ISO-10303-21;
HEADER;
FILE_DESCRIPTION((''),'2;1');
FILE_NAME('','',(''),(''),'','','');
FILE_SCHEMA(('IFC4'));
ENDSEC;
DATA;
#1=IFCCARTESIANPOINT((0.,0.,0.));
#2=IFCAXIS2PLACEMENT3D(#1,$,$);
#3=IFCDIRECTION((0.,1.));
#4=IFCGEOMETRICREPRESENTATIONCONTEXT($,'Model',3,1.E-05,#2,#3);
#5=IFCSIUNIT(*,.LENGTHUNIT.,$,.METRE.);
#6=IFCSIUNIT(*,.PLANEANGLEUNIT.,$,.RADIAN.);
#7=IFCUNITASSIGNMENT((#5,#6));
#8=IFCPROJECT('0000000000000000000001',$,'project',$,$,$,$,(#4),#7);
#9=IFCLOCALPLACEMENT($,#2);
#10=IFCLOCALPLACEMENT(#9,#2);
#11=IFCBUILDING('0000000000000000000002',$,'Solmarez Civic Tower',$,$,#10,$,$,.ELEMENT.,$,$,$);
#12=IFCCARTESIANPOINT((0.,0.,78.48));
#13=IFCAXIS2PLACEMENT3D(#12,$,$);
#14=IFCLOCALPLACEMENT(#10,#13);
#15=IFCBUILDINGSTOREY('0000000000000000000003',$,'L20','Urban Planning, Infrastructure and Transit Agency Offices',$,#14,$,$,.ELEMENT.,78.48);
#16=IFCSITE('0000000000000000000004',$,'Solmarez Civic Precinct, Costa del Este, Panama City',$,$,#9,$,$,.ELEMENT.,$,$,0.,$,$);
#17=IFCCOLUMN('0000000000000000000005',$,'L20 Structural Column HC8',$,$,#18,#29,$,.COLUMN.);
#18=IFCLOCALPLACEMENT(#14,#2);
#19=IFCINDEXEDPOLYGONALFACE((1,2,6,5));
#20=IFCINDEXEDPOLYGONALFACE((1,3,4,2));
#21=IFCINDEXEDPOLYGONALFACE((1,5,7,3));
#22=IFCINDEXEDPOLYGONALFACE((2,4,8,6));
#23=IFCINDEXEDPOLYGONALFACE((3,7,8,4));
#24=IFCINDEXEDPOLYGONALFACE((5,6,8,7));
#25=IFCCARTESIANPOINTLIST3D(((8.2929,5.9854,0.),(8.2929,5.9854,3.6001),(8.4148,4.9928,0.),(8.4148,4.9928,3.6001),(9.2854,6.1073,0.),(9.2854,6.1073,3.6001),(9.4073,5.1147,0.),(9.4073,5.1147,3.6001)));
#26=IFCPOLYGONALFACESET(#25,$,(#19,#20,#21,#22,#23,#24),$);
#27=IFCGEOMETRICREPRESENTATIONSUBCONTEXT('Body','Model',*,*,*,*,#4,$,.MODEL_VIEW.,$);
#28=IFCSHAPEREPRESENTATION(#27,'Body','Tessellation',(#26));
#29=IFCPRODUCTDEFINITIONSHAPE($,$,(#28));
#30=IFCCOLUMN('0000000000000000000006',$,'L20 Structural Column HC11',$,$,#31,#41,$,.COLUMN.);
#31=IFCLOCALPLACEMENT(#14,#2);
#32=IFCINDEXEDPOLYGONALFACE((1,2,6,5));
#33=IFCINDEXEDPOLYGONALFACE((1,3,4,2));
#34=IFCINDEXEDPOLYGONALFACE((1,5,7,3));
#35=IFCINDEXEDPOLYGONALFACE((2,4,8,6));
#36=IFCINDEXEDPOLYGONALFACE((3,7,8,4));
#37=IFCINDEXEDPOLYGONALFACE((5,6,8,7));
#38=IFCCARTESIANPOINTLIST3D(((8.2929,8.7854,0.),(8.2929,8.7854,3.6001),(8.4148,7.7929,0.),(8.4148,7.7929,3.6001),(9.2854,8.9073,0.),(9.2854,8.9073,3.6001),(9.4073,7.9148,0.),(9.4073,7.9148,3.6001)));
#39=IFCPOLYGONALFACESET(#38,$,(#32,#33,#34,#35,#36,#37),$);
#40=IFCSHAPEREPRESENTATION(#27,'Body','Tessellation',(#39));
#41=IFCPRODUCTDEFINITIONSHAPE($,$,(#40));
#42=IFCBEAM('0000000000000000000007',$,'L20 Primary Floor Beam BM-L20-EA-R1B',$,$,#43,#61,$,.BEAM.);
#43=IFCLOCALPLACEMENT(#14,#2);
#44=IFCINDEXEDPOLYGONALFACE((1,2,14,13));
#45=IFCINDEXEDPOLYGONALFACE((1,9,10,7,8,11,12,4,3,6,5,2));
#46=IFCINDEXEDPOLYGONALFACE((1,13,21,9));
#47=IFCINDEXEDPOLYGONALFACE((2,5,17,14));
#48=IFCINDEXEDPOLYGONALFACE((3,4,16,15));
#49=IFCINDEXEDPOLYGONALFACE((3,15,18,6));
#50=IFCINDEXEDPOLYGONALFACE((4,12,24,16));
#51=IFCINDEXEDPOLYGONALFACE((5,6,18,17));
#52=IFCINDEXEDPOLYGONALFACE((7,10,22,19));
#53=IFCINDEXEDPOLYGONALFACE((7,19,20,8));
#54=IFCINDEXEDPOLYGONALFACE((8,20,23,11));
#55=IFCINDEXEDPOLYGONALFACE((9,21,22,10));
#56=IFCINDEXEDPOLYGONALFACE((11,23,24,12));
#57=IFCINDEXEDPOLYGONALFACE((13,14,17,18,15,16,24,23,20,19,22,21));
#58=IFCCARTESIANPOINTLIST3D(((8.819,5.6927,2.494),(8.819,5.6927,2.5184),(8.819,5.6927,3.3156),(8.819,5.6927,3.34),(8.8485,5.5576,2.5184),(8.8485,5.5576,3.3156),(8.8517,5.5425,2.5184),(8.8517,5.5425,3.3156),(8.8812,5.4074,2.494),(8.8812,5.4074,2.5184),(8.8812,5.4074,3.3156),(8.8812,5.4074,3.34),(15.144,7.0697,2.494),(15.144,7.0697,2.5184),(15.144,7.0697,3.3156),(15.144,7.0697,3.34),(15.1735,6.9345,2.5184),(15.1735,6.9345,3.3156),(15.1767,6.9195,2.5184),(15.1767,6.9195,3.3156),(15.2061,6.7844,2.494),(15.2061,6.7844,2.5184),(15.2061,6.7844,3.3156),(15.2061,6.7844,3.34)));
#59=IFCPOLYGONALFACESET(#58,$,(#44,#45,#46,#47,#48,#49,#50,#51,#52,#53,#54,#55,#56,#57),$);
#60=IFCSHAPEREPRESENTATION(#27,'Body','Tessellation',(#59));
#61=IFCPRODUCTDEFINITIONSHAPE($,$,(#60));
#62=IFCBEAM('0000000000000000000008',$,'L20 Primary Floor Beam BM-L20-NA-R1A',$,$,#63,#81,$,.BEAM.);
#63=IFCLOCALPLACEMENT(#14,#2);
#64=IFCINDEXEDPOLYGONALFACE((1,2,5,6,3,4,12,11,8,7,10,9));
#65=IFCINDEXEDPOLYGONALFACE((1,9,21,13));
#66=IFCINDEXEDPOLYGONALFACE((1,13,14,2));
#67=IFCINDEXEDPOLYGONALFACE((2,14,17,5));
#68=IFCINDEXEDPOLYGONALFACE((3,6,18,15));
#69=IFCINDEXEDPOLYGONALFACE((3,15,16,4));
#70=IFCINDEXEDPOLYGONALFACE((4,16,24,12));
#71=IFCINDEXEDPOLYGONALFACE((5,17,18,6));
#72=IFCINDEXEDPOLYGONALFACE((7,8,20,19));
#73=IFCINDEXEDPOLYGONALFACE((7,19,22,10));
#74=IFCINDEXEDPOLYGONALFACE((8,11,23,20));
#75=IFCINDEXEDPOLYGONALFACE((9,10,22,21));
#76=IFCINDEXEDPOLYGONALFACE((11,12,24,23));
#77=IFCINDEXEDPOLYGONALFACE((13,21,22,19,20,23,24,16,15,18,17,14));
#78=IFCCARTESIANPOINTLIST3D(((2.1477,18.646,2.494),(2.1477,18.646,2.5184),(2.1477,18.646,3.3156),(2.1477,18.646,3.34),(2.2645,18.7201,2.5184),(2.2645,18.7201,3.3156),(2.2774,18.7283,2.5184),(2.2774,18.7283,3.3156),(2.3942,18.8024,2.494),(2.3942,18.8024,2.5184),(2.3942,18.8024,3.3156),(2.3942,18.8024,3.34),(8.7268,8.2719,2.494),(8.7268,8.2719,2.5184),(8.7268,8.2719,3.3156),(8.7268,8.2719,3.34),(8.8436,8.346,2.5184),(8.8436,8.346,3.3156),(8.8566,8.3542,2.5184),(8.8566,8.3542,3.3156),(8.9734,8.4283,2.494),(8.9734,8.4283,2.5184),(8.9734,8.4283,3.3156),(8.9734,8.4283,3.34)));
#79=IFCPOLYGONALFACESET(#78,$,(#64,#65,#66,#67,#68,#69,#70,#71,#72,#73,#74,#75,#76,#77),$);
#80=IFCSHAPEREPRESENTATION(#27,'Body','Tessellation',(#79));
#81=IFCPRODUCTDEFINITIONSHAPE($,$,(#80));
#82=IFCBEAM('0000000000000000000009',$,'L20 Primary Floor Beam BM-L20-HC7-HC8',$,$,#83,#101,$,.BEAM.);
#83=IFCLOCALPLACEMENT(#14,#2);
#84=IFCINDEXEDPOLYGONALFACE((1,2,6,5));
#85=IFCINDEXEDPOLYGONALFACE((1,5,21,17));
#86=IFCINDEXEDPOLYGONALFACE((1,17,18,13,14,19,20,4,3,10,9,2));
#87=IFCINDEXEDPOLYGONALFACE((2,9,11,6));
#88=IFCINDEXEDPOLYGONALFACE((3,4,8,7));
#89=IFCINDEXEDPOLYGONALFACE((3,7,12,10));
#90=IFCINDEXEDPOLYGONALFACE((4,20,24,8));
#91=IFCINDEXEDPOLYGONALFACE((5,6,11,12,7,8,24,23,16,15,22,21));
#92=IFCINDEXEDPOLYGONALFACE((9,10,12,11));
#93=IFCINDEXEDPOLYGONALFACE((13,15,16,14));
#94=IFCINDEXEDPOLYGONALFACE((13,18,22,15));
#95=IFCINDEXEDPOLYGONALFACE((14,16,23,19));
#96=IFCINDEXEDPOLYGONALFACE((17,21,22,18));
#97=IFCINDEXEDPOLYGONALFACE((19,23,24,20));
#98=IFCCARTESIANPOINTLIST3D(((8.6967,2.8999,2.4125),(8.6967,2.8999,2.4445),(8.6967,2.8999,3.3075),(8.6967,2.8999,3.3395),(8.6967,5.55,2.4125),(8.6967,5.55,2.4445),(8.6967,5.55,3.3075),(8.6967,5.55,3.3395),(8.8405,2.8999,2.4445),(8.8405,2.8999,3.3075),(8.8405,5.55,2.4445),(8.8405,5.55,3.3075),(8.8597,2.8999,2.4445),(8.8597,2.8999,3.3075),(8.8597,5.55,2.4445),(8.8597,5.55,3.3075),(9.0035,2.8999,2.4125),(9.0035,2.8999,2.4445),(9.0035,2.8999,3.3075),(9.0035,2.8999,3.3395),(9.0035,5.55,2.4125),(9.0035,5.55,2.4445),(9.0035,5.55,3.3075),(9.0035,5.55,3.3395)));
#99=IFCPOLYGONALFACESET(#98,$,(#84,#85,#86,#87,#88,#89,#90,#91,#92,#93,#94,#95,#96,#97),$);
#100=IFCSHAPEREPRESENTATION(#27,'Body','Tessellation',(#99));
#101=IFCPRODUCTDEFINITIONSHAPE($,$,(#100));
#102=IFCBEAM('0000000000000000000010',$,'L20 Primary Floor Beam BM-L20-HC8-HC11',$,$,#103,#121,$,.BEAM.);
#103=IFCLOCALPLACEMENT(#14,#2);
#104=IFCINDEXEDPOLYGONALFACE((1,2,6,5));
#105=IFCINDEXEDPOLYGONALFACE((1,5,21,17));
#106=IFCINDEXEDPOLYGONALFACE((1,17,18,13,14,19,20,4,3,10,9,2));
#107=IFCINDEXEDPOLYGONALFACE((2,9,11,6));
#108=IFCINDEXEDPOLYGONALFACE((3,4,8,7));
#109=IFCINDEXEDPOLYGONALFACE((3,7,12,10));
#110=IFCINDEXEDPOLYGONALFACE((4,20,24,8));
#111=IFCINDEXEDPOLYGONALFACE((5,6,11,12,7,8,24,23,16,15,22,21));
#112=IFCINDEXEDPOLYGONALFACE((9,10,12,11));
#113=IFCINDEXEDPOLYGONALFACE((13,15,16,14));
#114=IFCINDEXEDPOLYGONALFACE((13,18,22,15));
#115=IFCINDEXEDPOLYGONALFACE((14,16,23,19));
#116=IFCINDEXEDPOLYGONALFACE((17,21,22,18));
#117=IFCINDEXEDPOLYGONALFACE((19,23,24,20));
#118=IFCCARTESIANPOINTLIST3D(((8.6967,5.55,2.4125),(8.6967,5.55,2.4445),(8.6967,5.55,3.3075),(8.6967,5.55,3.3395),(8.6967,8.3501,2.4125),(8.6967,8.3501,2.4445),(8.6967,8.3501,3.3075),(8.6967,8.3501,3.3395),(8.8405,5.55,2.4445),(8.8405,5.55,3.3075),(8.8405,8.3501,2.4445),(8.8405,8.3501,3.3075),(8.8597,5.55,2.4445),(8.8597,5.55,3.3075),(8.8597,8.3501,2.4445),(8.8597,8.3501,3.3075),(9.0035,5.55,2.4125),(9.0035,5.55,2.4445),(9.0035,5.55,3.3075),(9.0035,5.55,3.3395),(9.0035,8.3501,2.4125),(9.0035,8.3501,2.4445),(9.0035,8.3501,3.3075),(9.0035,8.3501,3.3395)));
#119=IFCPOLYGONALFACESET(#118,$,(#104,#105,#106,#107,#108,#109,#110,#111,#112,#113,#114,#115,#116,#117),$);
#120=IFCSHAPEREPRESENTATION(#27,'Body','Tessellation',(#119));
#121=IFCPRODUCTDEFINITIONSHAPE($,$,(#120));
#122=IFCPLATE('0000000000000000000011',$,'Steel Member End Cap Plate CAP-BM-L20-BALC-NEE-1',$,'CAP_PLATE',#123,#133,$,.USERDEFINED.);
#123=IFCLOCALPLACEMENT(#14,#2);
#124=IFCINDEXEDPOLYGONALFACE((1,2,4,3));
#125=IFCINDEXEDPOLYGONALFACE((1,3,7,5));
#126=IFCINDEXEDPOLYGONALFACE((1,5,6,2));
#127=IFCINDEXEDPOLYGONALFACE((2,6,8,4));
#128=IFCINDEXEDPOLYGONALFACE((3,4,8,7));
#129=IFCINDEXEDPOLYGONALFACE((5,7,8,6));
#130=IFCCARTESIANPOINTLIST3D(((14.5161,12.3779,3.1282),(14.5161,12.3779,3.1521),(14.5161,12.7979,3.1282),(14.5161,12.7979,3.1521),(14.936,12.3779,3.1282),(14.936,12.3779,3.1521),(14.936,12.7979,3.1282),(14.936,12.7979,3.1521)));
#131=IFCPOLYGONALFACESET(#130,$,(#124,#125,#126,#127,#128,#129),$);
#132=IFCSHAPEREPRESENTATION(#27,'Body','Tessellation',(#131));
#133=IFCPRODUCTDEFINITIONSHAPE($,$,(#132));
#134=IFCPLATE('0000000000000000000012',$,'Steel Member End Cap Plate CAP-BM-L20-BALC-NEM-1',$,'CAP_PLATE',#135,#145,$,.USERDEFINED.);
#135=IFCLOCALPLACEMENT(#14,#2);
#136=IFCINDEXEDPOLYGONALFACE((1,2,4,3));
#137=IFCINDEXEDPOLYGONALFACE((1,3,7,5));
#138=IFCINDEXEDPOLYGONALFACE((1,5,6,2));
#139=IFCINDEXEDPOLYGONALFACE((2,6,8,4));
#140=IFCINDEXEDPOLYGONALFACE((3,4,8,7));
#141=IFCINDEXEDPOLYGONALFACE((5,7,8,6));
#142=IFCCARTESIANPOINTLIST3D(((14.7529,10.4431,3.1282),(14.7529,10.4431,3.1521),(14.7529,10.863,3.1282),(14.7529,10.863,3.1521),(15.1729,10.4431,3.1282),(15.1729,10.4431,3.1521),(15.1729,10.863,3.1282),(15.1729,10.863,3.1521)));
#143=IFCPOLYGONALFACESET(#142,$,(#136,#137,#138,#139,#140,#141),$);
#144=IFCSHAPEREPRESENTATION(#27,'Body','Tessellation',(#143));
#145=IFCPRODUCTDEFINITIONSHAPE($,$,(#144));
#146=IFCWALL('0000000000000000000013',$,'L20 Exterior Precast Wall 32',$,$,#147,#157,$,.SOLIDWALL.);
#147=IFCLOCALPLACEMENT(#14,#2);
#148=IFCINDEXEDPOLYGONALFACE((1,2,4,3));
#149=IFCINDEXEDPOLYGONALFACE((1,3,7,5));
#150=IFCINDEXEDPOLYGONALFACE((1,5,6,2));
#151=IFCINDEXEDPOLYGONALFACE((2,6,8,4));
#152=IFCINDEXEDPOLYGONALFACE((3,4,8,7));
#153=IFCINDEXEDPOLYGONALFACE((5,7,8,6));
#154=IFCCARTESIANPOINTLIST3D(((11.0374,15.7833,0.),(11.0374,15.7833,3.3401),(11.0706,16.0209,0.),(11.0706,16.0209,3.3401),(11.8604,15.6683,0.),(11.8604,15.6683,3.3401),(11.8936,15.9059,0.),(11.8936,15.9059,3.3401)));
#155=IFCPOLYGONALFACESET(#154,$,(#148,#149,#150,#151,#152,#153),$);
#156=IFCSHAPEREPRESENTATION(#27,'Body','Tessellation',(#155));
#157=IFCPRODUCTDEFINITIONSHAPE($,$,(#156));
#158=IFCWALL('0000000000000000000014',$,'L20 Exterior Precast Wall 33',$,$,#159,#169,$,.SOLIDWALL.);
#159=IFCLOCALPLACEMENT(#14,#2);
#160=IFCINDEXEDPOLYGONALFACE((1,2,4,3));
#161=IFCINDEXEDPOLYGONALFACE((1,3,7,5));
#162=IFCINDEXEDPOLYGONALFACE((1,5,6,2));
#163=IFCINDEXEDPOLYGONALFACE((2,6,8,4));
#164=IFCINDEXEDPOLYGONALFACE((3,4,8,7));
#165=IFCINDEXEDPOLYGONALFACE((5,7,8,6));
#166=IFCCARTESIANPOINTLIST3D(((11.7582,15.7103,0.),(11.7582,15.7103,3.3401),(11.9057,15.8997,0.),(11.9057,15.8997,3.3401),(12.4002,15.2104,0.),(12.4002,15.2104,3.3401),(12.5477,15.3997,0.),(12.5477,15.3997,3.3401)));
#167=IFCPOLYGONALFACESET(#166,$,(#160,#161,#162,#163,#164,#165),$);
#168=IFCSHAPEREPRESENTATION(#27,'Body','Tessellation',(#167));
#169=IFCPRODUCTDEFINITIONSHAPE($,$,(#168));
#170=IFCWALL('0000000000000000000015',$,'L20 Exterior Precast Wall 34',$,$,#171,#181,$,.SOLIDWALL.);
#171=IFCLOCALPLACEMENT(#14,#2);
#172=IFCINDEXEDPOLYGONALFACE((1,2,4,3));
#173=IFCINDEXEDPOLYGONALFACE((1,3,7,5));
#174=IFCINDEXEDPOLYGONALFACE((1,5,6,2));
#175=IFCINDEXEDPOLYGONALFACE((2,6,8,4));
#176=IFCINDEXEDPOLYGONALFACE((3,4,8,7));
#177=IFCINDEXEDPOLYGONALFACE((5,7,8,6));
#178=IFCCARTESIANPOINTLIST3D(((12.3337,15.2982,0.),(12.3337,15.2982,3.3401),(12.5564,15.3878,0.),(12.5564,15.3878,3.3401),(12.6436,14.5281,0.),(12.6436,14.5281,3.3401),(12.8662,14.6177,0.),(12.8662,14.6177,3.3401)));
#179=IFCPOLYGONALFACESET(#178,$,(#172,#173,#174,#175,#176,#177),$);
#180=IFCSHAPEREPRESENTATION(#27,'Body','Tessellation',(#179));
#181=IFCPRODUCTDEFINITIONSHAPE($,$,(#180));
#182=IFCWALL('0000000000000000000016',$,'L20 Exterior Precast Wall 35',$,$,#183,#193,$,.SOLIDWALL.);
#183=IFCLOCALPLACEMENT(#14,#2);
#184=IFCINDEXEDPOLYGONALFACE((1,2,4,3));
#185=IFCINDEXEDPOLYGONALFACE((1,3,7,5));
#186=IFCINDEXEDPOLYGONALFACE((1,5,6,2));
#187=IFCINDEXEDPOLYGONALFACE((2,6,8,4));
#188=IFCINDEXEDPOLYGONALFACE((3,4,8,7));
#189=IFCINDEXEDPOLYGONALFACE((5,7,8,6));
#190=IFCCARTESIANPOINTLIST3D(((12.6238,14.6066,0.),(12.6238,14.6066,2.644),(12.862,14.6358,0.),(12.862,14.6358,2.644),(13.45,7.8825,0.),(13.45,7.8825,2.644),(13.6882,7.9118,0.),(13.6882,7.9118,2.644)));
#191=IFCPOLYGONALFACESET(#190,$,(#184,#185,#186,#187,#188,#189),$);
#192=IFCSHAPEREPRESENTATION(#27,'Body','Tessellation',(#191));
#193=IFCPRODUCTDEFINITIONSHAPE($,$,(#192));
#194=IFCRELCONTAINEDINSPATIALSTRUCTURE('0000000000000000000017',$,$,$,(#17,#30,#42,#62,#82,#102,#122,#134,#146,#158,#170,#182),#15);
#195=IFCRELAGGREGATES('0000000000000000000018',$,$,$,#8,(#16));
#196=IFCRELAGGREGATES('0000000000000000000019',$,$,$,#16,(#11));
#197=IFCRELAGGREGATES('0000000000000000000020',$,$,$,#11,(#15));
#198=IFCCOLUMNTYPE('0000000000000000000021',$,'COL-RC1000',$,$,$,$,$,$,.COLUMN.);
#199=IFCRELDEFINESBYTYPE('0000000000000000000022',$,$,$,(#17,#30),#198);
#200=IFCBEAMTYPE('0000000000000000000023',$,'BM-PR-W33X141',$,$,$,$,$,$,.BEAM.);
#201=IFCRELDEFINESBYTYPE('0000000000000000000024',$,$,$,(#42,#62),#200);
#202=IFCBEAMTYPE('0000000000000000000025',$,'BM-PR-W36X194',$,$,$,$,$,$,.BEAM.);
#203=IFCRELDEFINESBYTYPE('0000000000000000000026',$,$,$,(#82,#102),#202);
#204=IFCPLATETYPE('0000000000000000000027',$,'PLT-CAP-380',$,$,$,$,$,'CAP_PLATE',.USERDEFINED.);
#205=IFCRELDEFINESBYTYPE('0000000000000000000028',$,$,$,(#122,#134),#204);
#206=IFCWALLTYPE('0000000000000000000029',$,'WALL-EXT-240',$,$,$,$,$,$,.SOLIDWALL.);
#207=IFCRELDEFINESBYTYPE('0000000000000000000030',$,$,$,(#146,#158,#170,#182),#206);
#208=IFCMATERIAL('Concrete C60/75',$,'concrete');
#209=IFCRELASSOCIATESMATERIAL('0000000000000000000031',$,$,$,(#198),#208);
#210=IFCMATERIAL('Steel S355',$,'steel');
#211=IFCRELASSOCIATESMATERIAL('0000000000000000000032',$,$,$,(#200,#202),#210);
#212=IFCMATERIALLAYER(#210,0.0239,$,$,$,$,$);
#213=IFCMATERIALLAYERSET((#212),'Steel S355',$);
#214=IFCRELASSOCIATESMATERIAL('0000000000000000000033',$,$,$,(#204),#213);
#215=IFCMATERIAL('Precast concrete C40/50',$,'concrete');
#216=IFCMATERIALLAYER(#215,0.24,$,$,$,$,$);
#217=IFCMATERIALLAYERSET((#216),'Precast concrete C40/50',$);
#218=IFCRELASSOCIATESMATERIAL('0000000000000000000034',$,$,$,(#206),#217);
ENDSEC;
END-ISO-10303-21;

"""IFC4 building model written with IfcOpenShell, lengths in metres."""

from ifc_helpers import new_model, si_unit, direction, frame, frame_2d, origin, origin_2d, place, context, subcontext, project, spatial, rectangle, i_section, extrude, material, layer, layer_set, material_profile, profile_set, type_object, element, save


model = new_model("IFC4")

# Units and contexts
model_context = context("Model", 3, precision=1e-05, world=origin(), true_north=direction((0.0, 1.0)))
body_context = subcontext(model_context, "Body", "Model", "MODEL_VIEW")
ifc_project = project(units=[si_unit("LENGTHUNIT", "METRE"), si_unit("PLANEANGLEUNIT", "RADIAN")], contexts=[model_context])

# Site, building, storey
site_placement = place(None, origin())
site = spatial("IfcSite", under=ifc_project, at=site_placement, Name="Solmarez Civic Precinct, Costa del Este, Panama City", CompositionType="ELEMENT", RefElevation=0.0)
building_placement = place(site_placement, origin())
building = spatial("IfcBuilding", under=site, at=building_placement, Name="Solmarez Civic Tower", CompositionType="ELEMENT")
storey_placement = place(building_placement, frame((0.0, 0.0, 78.48)))
storey = spatial("IfcBuildingStorey", under=building, at=storey_placement, Name="L20", Description="Urban Planning, Infrastructure and Transit Agency Offices", CompositionType="ELEMENT", Elevation=78.48)

# Columns
ifc_material_1 = material(Name="Concrete C60/75", Category="concrete")
ifc_material_profile_1 = material_profile(ifc_material_1, rectangle(XDim=1.0, YDim=1.0, at=origin_2d()), Name="RC1000X1000")
ifc_profile_set_1 = profile_set([ifc_material_profile_1], Name="Concrete C60/75")
column_type = type_object("IfcColumnType", Name="COL-RC1000", PredefinedType="COLUMN", material=ifc_profile_set_1)
for number, where, z_axis, x_axis, name in (
    (1, (8.8501, 5.55, 0.0), (0.0, 0.0, 1.0), (0.992546, 0.121869, 0.0), "L20 Structural Column HC8"),
    (2, (8.8501, 8.3501, 0.0), (0.0, 0.0, 1.0), (0.992546, 0.121869, 0.0), "L20 Structural Column HC11"),
):
    element("IfcColumn", number, at=place(storey_placement, frame(where, z_axis=z_axis, x_axis=x_axis)), inside=storey, type_object=column_type, Name=name, PredefinedType="COLUMN", context=body_context, shape_type="SweptSolid", body=[
        extrude(rectangle(XDim=1.0, YDim=1.0, at=origin_2d()), origin(), (0.0, 0.0, 1.0), 3.6001),
    ])

# Beams
ifc_material_2 = material(Name="Steel S355", Category="steel")
ifc_material_profile_2 = material_profile(ifc_material_2, i_section(OverallWidth=0.292, OverallDepth=0.8459, WebThickness=0.0154, FlangeThickness=0.0244, at=origin_2d()), Name="W33X141")
ifc_profile_set_2 = profile_set([ifc_material_profile_2], Name="Steel S355")
beam_type_1 = type_object("IfcBeamType", Name="BM-PR-W33X141", PredefinedType="BEAM", material=ifc_profile_set_2)
beam_1_placement = place(storey_placement, frame((8.8501, 5.55, 2.917), z_axis=(0.977113, 0.212719, 0.0), x_axis=(-0.212719, 0.977113, 0.0)))
element("IfcBeam", 3, at=beam_1_placement, inside=storey, type_object=beam_type_1, Name="L20 Primary Floor Beam BM-L20-EA-R1B", PredefinedType="BEAM", context=body_context, shape_type="SweptSolid", body=[
    extrude(i_section(OverallWidth=0.292, OverallDepth=0.8459, WebThickness=0.0154, FlangeThickness=0.0244, at=origin_2d()), origin(), (0.0, 0.0, 1.0), 6.4731),
])
beam_2_placement = place(storey_placement, frame((8.8501, 8.3501, 2.917), z_axis=(-0.535568, 0.844492, 0.0), x_axis=(-0.844492, -0.535568, 0.0)))
element("IfcBeam", 4, at=beam_2_placement, inside=storey, type_object=beam_type_1, Name="L20 Primary Floor Beam BM-L20-NA-R1A", PredefinedType="BEAM", context=body_context, shape_type="SweptSolid", body=[
    extrude(i_section(OverallWidth=0.292, OverallDepth=0.8459, WebThickness=0.0154, FlangeThickness=0.0244, at=origin_2d()), origin(), (0.0, 0.0, 1.0), 12.2844),
])
ifc_material_profile_3 = material_profile(ifc_material_2, i_section(OverallWidth=0.3069, OverallDepth=0.927, WebThickness=0.0193, FlangeThickness=0.032, at=origin_2d()), Name="W36X194")
ifc_profile_set_3 = profile_set([ifc_material_profile_3], Name="Steel S355")
beam_type_2 = type_object("IfcBeamType", Name="BM-PR-W36X194", PredefinedType="BEAM", material=ifc_profile_set_3)
beam_3_placement = place(storey_placement, frame((8.8501, 2.8999, 2.876), z_axis=(0.0, 1.0, 0.0), x_axis=(-1.0, 0.0, 0.0)))
element("IfcBeam", 5, at=beam_3_placement, inside=storey, type_object=beam_type_2, Name="L20 Primary Floor Beam BM-L20-HC7-HC8", PredefinedType="BEAM", context=body_context, shape_type="SweptSolid", body=[
    extrude(i_section(OverallWidth=0.3069, OverallDepth=0.927, WebThickness=0.0193, FlangeThickness=0.032, at=origin_2d()), origin(), (0.0, 0.0, 1.0), 2.6501),
])
beam_4_placement = place(storey_placement, frame((8.8501, 5.55, 2.876), z_axis=(0.0, 1.0, 0.0), x_axis=(-1.0, 0.0, 0.0)))
element("IfcBeam", 6, at=beam_4_placement, inside=storey, type_object=beam_type_2, Name="L20 Primary Floor Beam BM-L20-HC8-HC11", PredefinedType="BEAM", context=body_context, shape_type="SweptSolid", body=[
    extrude(i_section(OverallWidth=0.3069, OverallDepth=0.927, WebThickness=0.0193, FlangeThickness=0.032, at=origin_2d()), origin(), (0.0, 0.0, 1.0), 2.8),
])

# Plates
ifc_layer_1 = layer(ifc_material_2, 0.0239)
ifc_layer_set_1 = layer_set([ifc_layer_1], Name="Steel S355")
plate_type = type_object("IfcPlateType", Name="PLT-CAP-380", ElementType="CAP_PLATE", PredefinedType="USERDEFINED", material=ifc_layer_set_1)
for number, where, z_axis, x_axis, name in (
    (7, (14.7261, 12.5879, 3.1282), (0.0, 0.0, 1.0), (1.0, 0.0, 0.0), "Steel Member End Cap Plate CAP-BM-L20-BALC-NEE-1"),
    (8, (14.9629, 10.6531, 3.1282), (0.0, 0.0, 1.0), (1.0, 0.0, 0.0), "Steel Member End Cap Plate CAP-BM-L20-BALC-NEM-1"),
):
    element("IfcPlate", number, at=place(storey_placement, frame(where, z_axis=z_axis, x_axis=x_axis)), inside=storey, type_object=plate_type, Name=name, ObjectType="CAP_PLATE", PredefinedType="USERDEFINED", context=body_context, shape_type="SweptSolid", body=[
        extrude(rectangle(XDim=0.4199, YDim=0.4199, at=origin_2d()), origin(), (0.0, 0.0, 1.0), 0.0239),
    ])

# Walls
ifc_material_3 = material(Name="Precast concrete C40/50", Category="concrete")
ifc_layer_2 = layer(ifc_material_3, 0.24)
ifc_layer_set_2 = layer_set([ifc_layer_2], Name="Precast concrete C40/50")
wall_type_1 = type_object("IfcWallType", Name="WALL-EXT-240", PredefinedType="SOLIDWALL", material=ifc_layer_set_2)
wall_1_placement = place(storey_placement, frame((11.054, 15.9021, 0.0), z_axis=(0.0, 0.0, 1.0), x_axis=(0.99038, -0.138377, 0.0)))
element("IfcWall", 9, at=wall_1_placement, inside=storey, type_object=wall_type_1, Name="L20 Exterior Precast Wall 32", PredefinedType="SOLIDWALL", context=body_context, shape_type="SweptSolid", body=[
    extrude(rectangle(XDim=0.8311, YDim=0.24, at=frame_2d((0.4155, 0.0))), origin(), (0.0, 0.0, 1.0), 3.3401),
])
wall_2_placement = place(storey_placement, frame((11.832, 15.8049, 0.0), z_axis=(0.0, 0.0, 1.0), x_axis=(0.788997, -0.614397, 0.0)))
element("IfcWall", 10, at=wall_2_placement, inside=storey, type_object=wall_type_1, Name="L20 Exterior Precast Wall 33", PredefinedType="SOLIDWALL", context=body_context, shape_type="SweptSolid", body=[
    extrude(rectangle(XDim=0.8137, YDim=0.24, at=frame_2d((0.4067, 0.0))), origin(), (0.0, 0.0, 1.0), 3.3401),
])
wall_3_placement = place(storey_placement, frame((12.4451, 15.343, 0.0), z_axis=(0.0, 0.0, 1.0), x_axis=(0.373266, -0.927724, 0.0)))
element("IfcWall", 11, at=wall_3_placement, inside=storey, type_object=wall_type_1, Name="L20 Exterior Precast Wall 34", PredefinedType="SOLIDWALL", context=body_context, shape_type="SweptSolid", body=[
    extrude(rectangle(XDim=0.8301, YDim=0.24, at=frame_2d((0.415, 0.0))), origin(), (0.0, 0.0, 1.0), 3.3401),
])
wall_4_placement = place(storey_placement, frame((12.7429, 14.6211, 0.0), z_axis=(0.0, 0.0, 1.0), x_axis=(0.12195, -0.992536, 0.0)))
element("IfcWall", 12, at=wall_4_placement, inside=storey, type_object=wall_type_1, Name="L20 Exterior Precast Wall 35", PredefinedType="SOLIDWALL", context=body_context, shape_type="SweptSolid", body=[
    extrude(rectangle(XDim=6.7747, YDim=0.24, at=frame_2d((3.3872, 0.0))), origin(), (0.0, 0.0, 1.0), 2.644),
])

save(model, "model.ifc")
